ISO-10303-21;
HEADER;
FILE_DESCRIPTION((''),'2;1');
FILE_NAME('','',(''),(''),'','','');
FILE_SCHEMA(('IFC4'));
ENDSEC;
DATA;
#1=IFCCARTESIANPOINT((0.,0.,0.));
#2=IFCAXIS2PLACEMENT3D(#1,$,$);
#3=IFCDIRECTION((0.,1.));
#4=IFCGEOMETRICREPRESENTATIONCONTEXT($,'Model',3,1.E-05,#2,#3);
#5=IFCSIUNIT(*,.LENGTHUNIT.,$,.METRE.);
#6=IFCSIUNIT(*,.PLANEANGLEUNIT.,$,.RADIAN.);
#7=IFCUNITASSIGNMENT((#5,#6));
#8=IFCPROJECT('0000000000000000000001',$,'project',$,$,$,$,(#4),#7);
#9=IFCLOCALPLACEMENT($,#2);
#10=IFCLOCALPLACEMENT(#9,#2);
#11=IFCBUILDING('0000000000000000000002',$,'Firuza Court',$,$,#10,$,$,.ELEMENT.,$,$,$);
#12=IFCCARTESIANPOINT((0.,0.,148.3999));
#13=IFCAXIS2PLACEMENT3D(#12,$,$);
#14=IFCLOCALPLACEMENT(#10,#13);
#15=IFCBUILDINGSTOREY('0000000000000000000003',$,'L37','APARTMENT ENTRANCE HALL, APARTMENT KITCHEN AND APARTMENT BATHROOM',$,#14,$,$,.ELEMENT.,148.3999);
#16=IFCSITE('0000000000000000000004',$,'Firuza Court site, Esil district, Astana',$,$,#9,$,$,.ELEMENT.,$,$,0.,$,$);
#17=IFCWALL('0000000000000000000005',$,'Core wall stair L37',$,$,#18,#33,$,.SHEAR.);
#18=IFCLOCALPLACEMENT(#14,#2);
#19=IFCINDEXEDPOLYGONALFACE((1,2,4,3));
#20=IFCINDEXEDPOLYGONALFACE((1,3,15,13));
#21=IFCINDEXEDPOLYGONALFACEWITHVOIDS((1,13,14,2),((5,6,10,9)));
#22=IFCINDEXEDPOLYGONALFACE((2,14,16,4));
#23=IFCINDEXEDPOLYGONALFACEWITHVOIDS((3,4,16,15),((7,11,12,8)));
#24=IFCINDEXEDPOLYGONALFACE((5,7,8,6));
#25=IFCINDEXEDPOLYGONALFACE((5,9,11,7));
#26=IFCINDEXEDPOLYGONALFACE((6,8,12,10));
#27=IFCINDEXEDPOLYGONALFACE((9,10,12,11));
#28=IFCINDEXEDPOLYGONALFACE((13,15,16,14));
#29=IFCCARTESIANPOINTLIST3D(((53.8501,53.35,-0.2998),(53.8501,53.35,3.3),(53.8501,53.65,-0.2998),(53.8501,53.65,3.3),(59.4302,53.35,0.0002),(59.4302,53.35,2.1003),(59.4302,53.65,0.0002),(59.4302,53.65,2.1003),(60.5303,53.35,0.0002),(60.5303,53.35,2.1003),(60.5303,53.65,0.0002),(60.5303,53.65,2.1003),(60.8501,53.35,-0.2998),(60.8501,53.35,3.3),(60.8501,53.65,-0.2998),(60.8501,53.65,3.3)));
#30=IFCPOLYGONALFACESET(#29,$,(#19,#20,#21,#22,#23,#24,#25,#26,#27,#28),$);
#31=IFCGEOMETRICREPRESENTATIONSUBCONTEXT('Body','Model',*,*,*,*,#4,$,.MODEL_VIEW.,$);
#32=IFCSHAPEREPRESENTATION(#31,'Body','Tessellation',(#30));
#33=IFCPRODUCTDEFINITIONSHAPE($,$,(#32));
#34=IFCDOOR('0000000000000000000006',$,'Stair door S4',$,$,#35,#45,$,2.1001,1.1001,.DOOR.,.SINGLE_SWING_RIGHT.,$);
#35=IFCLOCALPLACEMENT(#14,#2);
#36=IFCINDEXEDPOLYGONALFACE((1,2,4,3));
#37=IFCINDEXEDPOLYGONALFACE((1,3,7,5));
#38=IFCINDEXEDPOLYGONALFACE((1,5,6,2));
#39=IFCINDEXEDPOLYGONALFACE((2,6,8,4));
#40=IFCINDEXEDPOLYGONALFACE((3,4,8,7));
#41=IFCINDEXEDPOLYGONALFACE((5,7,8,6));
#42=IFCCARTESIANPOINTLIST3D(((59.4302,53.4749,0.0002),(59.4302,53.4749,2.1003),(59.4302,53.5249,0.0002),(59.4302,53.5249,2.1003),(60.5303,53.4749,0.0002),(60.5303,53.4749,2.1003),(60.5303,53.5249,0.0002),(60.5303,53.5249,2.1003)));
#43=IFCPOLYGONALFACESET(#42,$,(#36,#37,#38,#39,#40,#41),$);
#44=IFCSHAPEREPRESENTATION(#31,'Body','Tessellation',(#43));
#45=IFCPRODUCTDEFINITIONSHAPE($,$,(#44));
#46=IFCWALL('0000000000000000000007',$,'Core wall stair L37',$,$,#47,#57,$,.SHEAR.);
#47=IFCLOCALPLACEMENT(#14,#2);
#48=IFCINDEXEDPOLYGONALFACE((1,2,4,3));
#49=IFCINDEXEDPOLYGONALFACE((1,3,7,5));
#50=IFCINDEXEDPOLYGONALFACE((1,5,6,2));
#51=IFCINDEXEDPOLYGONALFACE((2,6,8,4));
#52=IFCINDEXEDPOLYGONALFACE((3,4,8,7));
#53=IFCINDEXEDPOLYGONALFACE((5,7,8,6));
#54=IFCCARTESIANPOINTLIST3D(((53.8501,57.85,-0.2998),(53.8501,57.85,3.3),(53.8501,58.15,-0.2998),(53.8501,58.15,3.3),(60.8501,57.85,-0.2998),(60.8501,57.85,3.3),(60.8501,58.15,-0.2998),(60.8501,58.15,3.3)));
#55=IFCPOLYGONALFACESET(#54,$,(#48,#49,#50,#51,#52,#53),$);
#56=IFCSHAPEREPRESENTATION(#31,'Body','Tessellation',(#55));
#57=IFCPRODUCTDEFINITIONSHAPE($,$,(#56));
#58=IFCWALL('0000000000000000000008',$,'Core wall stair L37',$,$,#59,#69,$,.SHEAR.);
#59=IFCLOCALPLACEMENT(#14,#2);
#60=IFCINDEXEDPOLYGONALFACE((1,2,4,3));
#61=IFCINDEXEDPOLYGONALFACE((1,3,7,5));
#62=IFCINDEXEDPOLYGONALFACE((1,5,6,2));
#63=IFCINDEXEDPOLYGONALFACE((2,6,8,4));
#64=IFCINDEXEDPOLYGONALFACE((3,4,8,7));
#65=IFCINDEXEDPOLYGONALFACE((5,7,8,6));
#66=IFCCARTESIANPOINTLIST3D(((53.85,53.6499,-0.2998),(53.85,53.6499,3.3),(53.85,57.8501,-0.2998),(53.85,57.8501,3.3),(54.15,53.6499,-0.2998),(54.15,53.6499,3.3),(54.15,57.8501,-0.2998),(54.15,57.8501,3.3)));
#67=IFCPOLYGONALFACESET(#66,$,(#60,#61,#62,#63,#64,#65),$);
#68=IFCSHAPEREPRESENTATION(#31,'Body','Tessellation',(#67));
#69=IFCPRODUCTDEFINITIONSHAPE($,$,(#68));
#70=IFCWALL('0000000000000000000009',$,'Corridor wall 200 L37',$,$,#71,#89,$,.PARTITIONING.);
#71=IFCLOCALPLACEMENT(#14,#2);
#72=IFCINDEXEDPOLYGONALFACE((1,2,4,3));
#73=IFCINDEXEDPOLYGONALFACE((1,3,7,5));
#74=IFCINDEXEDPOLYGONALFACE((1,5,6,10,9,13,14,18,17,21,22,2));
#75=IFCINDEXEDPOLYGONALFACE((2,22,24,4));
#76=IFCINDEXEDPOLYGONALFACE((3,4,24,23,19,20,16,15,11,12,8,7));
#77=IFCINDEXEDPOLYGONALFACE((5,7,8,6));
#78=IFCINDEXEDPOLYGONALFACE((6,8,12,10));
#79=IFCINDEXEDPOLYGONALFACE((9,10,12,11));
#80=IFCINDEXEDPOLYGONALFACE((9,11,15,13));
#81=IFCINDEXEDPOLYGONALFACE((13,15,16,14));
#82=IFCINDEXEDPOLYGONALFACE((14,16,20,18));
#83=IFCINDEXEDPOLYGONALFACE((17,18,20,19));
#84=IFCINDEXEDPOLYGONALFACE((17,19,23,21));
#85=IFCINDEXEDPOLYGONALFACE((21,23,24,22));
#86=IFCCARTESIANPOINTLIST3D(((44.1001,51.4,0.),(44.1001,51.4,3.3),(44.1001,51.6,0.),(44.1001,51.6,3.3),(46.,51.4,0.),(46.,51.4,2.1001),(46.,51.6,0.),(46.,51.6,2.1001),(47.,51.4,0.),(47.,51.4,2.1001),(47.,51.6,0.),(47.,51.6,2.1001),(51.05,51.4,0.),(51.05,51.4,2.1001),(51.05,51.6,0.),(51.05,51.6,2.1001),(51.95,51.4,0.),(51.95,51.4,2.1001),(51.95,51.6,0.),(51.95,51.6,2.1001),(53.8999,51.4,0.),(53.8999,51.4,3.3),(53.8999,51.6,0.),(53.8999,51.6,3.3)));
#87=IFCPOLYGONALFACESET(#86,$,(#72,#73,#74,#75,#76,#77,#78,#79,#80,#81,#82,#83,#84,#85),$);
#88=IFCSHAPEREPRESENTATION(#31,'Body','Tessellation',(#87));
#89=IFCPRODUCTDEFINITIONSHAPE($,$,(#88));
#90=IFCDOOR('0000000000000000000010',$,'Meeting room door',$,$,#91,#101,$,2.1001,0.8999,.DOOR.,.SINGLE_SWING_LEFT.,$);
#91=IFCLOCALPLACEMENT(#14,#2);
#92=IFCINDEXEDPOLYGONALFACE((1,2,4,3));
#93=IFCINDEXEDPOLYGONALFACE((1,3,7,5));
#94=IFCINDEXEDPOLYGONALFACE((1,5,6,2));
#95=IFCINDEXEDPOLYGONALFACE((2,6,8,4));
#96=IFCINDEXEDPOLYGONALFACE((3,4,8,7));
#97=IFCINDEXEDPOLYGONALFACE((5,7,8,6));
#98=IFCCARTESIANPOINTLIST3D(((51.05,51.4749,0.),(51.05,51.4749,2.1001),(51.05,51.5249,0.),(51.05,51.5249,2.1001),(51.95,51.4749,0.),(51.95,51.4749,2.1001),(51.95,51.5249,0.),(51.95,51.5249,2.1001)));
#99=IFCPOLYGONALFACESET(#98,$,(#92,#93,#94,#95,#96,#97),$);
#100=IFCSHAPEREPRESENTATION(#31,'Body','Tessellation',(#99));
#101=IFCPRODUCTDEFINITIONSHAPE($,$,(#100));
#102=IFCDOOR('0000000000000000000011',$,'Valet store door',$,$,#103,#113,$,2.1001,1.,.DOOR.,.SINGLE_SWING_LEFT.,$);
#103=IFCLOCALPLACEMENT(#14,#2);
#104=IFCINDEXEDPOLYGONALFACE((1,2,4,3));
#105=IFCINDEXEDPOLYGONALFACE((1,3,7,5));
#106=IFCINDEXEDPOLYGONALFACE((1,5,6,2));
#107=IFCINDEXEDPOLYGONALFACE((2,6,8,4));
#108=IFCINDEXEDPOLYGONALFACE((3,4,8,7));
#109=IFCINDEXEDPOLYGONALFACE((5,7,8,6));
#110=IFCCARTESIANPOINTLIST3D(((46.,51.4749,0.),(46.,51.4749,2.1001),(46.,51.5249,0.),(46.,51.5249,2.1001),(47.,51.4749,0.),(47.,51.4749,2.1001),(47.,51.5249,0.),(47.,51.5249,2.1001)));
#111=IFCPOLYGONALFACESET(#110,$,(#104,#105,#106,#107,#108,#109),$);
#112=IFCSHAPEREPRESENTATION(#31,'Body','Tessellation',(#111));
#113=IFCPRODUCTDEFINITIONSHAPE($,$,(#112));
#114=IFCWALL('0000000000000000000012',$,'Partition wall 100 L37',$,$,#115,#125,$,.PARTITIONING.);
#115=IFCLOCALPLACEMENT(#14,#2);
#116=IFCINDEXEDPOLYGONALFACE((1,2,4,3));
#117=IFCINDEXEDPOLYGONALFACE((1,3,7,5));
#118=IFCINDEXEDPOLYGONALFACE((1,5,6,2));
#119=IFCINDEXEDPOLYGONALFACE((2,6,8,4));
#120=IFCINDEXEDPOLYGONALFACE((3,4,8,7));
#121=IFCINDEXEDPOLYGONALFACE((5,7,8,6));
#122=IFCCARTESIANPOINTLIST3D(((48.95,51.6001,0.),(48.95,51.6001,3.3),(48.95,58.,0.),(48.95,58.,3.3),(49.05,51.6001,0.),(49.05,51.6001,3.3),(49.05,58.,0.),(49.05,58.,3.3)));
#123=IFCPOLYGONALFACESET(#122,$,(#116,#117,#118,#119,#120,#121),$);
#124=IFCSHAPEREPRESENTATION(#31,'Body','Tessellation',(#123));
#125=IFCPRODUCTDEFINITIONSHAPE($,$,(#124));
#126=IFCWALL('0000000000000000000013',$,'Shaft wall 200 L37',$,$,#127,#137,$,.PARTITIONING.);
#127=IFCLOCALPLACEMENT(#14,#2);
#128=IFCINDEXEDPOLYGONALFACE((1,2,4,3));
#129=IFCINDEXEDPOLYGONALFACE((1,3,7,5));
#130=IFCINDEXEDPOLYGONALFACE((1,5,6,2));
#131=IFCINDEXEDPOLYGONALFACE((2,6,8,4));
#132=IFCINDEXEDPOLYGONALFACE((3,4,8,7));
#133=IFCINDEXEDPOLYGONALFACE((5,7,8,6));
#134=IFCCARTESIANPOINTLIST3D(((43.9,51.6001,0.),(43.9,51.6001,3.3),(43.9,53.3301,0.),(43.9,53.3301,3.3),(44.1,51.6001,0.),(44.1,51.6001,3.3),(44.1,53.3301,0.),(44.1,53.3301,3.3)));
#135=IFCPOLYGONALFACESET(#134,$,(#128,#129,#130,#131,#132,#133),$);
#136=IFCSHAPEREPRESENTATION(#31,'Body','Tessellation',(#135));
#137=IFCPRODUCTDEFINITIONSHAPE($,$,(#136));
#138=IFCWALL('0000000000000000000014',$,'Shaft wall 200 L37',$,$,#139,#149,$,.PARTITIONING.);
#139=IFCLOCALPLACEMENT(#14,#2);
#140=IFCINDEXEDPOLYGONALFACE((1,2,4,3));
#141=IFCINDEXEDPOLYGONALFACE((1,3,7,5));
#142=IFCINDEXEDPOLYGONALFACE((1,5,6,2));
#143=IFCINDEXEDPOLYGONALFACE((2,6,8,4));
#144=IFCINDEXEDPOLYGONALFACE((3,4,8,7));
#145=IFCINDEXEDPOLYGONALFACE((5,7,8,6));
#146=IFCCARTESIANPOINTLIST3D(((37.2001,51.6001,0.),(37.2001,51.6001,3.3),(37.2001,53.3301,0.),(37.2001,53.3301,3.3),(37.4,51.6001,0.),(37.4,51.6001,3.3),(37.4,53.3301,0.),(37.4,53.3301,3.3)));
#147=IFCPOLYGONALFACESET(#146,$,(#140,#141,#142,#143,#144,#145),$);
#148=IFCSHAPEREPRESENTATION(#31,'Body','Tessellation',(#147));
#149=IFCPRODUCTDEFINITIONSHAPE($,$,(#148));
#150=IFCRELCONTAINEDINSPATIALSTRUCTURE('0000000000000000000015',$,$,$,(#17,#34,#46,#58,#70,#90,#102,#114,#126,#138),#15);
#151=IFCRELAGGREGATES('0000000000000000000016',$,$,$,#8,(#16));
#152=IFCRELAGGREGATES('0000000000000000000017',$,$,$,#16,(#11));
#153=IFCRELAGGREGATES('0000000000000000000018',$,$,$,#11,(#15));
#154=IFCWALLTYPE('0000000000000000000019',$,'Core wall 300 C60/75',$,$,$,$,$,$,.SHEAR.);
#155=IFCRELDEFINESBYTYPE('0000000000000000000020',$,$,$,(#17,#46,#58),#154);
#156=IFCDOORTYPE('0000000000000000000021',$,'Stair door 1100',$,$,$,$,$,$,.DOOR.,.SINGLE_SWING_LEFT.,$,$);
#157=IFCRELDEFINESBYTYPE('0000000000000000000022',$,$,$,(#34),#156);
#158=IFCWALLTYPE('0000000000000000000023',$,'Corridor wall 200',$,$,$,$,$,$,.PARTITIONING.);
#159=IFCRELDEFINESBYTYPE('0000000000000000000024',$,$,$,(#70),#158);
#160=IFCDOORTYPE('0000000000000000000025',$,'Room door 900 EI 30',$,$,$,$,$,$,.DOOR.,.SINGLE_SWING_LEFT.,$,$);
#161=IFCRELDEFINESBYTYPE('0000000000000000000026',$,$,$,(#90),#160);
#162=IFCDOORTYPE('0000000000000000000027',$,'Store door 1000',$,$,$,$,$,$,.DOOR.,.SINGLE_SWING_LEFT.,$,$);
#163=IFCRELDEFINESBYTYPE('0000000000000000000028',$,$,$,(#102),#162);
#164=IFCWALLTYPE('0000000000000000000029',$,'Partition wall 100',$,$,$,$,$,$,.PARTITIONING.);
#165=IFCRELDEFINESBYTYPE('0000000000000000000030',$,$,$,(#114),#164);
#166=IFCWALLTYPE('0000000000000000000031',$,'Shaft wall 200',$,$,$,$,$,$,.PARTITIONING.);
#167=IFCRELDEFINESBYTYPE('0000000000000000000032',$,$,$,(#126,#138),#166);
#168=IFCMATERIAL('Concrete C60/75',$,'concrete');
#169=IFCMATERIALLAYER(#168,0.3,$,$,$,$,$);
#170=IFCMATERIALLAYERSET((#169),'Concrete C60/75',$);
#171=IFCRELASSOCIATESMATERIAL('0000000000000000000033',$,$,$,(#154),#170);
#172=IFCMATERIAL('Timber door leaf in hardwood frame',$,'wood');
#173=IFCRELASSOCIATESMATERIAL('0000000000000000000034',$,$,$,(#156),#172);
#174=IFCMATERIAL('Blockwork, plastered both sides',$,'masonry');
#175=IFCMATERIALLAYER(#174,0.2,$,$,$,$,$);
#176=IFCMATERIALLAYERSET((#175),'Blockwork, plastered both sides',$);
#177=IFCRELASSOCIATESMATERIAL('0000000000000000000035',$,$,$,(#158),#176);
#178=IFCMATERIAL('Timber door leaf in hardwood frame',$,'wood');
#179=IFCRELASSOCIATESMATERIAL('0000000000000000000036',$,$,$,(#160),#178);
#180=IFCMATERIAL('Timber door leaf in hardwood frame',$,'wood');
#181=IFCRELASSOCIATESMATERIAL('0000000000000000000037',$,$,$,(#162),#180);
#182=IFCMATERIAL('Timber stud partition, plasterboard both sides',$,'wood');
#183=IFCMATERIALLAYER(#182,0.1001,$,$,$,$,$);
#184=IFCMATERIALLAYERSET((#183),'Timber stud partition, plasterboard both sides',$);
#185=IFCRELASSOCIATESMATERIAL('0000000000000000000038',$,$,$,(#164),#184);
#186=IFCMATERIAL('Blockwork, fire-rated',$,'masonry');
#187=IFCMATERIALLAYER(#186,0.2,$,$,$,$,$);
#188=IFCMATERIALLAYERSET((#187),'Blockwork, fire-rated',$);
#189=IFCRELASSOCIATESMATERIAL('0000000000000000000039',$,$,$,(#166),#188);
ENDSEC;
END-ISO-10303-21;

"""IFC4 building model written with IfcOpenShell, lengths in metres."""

from ifc_helpers import new_model, si_unit, direction, frame, frame_2d, origin, place, context, subcontext, project, spatial, rectangle, extrude, material, layer, layer_set, type_object, element, fill, save


model = new_model("IFC4")

# Units and contexts
model_context = context("Model", 3, precision=1e-05, world=origin(), true_north=direction((0.0, 1.0)))
body_context = subcontext(model_context, "Body", "Model", "MODEL_VIEW")
ifc_project = project(units=[si_unit("LENGTHUNIT", "METRE"), si_unit("PLANEANGLEUNIT", "RADIAN")], contexts=[model_context])

# Site, building, storey
site_placement = place(None, origin())
site = spatial("IfcSite", under=ifc_project, at=site_placement, Name="Firuza Court site, Esil district, Astana", CompositionType="ELEMENT", RefElevation=0.0)
building_placement = place(site_placement, origin())
building = spatial("IfcBuilding", under=site, at=building_placement, Name="Firuza Court", CompositionType="ELEMENT")
storey_placement = place(building_placement, frame((0.0, 0.0, 148.3999)))
storey = spatial("IfcBuildingStorey", under=building, at=storey_placement, Name="L37", Description="APARTMENT ENTRANCE HALL, APARTMENT KITCHEN AND APARTMENT BATHROOM", CompositionType="ELEMENT", Elevation=148.3999)

# Shared definitions
ifc_material_1 = material(Name="Concrete C60/75", Category="concrete")
ifc_layer_1 = layer(ifc_material_1, 0.3)
ifc_layer_set_1 = layer_set([ifc_layer_1], Name="Concrete C60/75")
wall_type_1 = type_object("IfcWallType", Name="Core wall 300 C60/75", PredefinedType="SHEAR", material=ifc_layer_set_1)

# Wall, opening, door
wall_1_placement = place(storey_placement, frame((53.8501, 53.5, -0.2998), z_axis=(0.0, 0.0, 1.0), x_axis=(1.0, 0.0, 0.0)))
wall_1 = element("IfcWall", 1, at=wall_1_placement, inside=storey, type_object=wall_type_1, Name="Core wall stair L37", PredefinedType="SHEAR", context=body_context, shape_type="SweptSolid", body=[
    extrude(rectangle(XDim=7.0, YDim=0.3, at=frame_2d((3.5, 0.0))), origin(), (0.0, 0.0, 1.0), 3.5999),
])
opening_1_placement = place(wall_1_placement, frame((5.5801, 0.0, 0.3)))
opening_1 = element("IfcOpeningElement", 2, at=opening_1_placement, cuts=wall_1, PredefinedType="OPENING", context=body_context, shape_type="SweptSolid", body=[
    extrude(rectangle(XDim=1.1001, YDim=2.1001, at=frame_2d((0.55, 1.05))), frame((0.0, 0.1621, 0.0), z_axis=(0.0, -1.0, 0.0), x_axis=(1.0, 0.0, 0.0)), (0.0, 0.0, 1.0), 0.324),
])
ifc_material_2 = material(Name="Timber door leaf in hardwood frame", Category="wood")
door_type_1 = type_object("IfcDoorType", Name="Stair door 1100", OperationType="SINGLE_SWING_LEFT", PredefinedType="DOOR", material=ifc_material_2)
door_1_placement = place(opening_1_placement, origin())
door_1 = element("IfcDoor", 3, at=door_1_placement, inside=storey, type_object=door_type_1, Name="Stair door S4", OperationType="SINGLE_SWING_RIGHT", OverallHeight=2.1001, OverallWidth=1.1001, PredefinedType="DOOR", context=body_context, shape_type="SweptSolid", body=[
    extrude(rectangle(XDim=1.1001, YDim=2.1001, at=frame_2d((0.55, 1.05))), frame((0.0, 0.0249, 0.0), z_axis=(0.0, -1.0, 0.0), x_axis=(1.0, 0.0, 0.0)), (0.0, 0.0, 1.0), 0.05),
])
fill(opening_1, door_1)

# Walls
wall_2_placement = place(storey_placement, frame((53.8501, 58.0, -0.2998), z_axis=(0.0, 0.0, 1.0), x_axis=(1.0, 0.0, 0.0)))
element("IfcWall", 4, at=wall_2_placement, inside=storey, type_object=wall_type_1, Name="Core wall stair L37", PredefinedType="SHEAR", context=body_context, shape_type="SweptSolid", body=[
    extrude(rectangle(XDim=7.0, YDim=0.3, at=frame_2d((3.5, 0.0))), origin(), (0.0, 0.0, 1.0), 3.5999),
])
wall_3_placement = place(storey_placement, frame((54.0, 53.6499, -0.2998), z_axis=(0.0, 0.0, 1.0), x_axis=(0.0, 1.0, 0.0)))
element("IfcWall", 5, at=wall_3_placement, inside=storey, type_object=wall_type_1, Name="Core wall stair L37", PredefinedType="SHEAR", context=body_context, shape_type="SweptSolid", body=[
    extrude(rectangle(XDim=4.2002, YDim=0.3, at=frame_2d((2.1001, 0.0))), origin(), (0.0, 0.0, 1.0), 3.5999),
])

# Wall, openings, doors
ifc_material_3 = material(Name="Blockwork, plastered both sides", Category="masonry")
ifc_layer_2 = layer(ifc_material_3, 0.2)
ifc_layer_set_2 = layer_set([ifc_layer_2], Name="Blockwork, plastered both sides")
wall_type_2 = type_object("IfcWallType", Name="Corridor wall 200", PredefinedType="PARTITIONING", material=ifc_layer_set_2)
wall_4_placement = place(storey_placement, frame((44.1001, 51.5, 0.0), z_axis=(0.0, 0.0, 1.0), x_axis=(1.0, 0.0, 0.0)))
wall_4 = element("IfcWall", 6, at=wall_4_placement, inside=storey, type_object=wall_type_2, Name="Corridor wall 200 L37", PredefinedType="PARTITIONING", context=body_context, shape_type="SweptSolid", body=[
    extrude(rectangle(XDim=9.7998, YDim=0.2, at=frame_2d((4.8999, 0.0))), origin(), (0.0, 0.0, 1.0), 3.3),
])
opening_2_placement = place(wall_4_placement, frame((1.8999, 0.0, 0.0)))
opening_2 = element("IfcOpeningElement", 7, at=opening_2_placement, cuts=wall_4, PredefinedType="OPENING", context=body_context, shape_type="SweptSolid", body=[
    extrude(rectangle(XDim=1.0, YDim=2.1001, at=frame_2d((0.5, 1.05))), frame((0.0, 0.1118, 0.0), z_axis=(0.0, -1.0, 0.0), x_axis=(1.0, 0.0, 0.0)), (0.0, 0.0, 1.0), 0.2239),
])
opening_3_placement = place(wall_4_placement, frame((6.95, 0.0, 0.0)))
opening_3 = element("IfcOpeningElement", 8, at=opening_3_placement, cuts=wall_4, PredefinedType="OPENING", context=body_context, shape_type="SweptSolid", body=[
    extrude(rectangle(XDim=0.8999, YDim=2.1001, at=frame_2d((0.45, 1.05))), frame((0.0, 0.1118, 0.0), z_axis=(0.0, -1.0, 0.0), x_axis=(1.0, 0.0, 0.0)), (0.0, 0.0, 1.0), 0.2239),
])
ifc_material_4 = material(Name="Timber door leaf in hardwood frame", Category="wood")
door_type_2 = type_object("IfcDoorType", Name="Room door 900 EI 30", OperationType="SINGLE_SWING_LEFT", PredefinedType="DOOR", material=ifc_material_4)
door_2_placement = place(opening_3_placement, origin())
door_2 = element("IfcDoor", 9, at=door_2_placement, inside=storey, type_object=door_type_2, Name="Meeting room door", OperationType="SINGLE_SWING_LEFT", OverallHeight=2.1001, OverallWidth=0.8999, PredefinedType="DOOR", context=body_context, shape_type="SweptSolid", body=[
    extrude(rectangle(XDim=0.8999, YDim=2.1001, at=frame_2d((0.45, 1.05))), frame((0.0, 0.0249, 0.0), z_axis=(0.0, -1.0, 0.0), x_axis=(1.0, 0.0, 0.0)), (0.0, 0.0, 1.0), 0.05),
])
fill(opening_3, door_2)
ifc_material_5 = material(Name="Timber door leaf in hardwood frame", Category="wood")
door_type_3 = type_object("IfcDoorType", Name="Store door 1000", OperationType="SINGLE_SWING_LEFT", PredefinedType="DOOR", material=ifc_material_5)
door_3_placement = place(opening_2_placement, origin())
door_3 = element("IfcDoor", 10, at=door_3_placement, inside=storey, type_object=door_type_3, Name="Valet store door", OperationType="SINGLE_SWING_LEFT", OverallHeight=2.1001, OverallWidth=1.0, PredefinedType="DOOR", context=body_context, shape_type="SweptSolid", body=[
    extrude(rectangle(XDim=1.0, YDim=2.1001, at=frame_2d((0.5, 1.05))), frame((0.0, 0.0249, 0.0), z_axis=(0.0, -1.0, 0.0), x_axis=(1.0, 0.0, 0.0)), (0.0, 0.0, 1.0), 0.05),
])
fill(opening_2, door_3)

# Walls
ifc_material_6 = material(Name="Timber stud partition, plasterboard both sides", Category="wood")
ifc_layer_3 = layer(ifc_material_6, 0.1001)
ifc_layer_set_3 = layer_set([ifc_layer_3], Name="Timber stud partition, plasterboard both sides")
wall_type_3 = type_object("IfcWallType", Name="Partition wall 100", PredefinedType="PARTITIONING", material=ifc_layer_set_3)
wall_5_placement = place(storey_placement, frame((49.0, 51.6001, 0.0), z_axis=(0.0, 0.0, 1.0), x_axis=(0.0, 1.0, 0.0)))
element("IfcWall", 11, at=wall_5_placement, inside=storey, type_object=wall_type_3, Name="Partition wall 100 L37", PredefinedType="PARTITIONING", context=body_context, shape_type="SweptSolid", body=[
    extrude(rectangle(XDim=6.3999, YDim=0.1001, at=frame_2d((3.2, 0.0))), origin(), (0.0, 0.0, 1.0), 3.3),
])
ifc_material_7 = material(Name="Blockwork, fire-rated", Category="masonry")
ifc_layer_4 = layer(ifc_material_7, 0.2)
ifc_layer_set_4 = layer_set([ifc_layer_4], Name="Blockwork, fire-rated")
wall_type_4 = type_object("IfcWallType", Name="Shaft wall 200", PredefinedType="PARTITIONING", material=ifc_layer_set_4)
for number, where, z_axis, x_axis, name in (
    (12, (44.0, 51.6001, 0.0), (0.0, 0.0, 1.0), (0.0, 1.0, 0.0), "Shaft wall 200 L37"),
    (13, (37.3, 51.6001, 0.0), (0.0, 0.0, 1.0), (0.0, 1.0, 0.0), "Shaft wall 200 L37"),
):
    element("IfcWall", number, at=place(storey_placement, frame(where, z_axis=z_axis, x_axis=x_axis)), inside=storey, type_object=wall_type_4, Name=name, PredefinedType="PARTITIONING", context=body_context, shape_type="SweptSolid", body=[
        extrude(rectangle(XDim=1.73, YDim=0.2, at=frame_2d((0.865, 0.0))), origin(), (0.0, 0.0, 1.0), 3.3),
    ])

save(model, "model.ifc")
